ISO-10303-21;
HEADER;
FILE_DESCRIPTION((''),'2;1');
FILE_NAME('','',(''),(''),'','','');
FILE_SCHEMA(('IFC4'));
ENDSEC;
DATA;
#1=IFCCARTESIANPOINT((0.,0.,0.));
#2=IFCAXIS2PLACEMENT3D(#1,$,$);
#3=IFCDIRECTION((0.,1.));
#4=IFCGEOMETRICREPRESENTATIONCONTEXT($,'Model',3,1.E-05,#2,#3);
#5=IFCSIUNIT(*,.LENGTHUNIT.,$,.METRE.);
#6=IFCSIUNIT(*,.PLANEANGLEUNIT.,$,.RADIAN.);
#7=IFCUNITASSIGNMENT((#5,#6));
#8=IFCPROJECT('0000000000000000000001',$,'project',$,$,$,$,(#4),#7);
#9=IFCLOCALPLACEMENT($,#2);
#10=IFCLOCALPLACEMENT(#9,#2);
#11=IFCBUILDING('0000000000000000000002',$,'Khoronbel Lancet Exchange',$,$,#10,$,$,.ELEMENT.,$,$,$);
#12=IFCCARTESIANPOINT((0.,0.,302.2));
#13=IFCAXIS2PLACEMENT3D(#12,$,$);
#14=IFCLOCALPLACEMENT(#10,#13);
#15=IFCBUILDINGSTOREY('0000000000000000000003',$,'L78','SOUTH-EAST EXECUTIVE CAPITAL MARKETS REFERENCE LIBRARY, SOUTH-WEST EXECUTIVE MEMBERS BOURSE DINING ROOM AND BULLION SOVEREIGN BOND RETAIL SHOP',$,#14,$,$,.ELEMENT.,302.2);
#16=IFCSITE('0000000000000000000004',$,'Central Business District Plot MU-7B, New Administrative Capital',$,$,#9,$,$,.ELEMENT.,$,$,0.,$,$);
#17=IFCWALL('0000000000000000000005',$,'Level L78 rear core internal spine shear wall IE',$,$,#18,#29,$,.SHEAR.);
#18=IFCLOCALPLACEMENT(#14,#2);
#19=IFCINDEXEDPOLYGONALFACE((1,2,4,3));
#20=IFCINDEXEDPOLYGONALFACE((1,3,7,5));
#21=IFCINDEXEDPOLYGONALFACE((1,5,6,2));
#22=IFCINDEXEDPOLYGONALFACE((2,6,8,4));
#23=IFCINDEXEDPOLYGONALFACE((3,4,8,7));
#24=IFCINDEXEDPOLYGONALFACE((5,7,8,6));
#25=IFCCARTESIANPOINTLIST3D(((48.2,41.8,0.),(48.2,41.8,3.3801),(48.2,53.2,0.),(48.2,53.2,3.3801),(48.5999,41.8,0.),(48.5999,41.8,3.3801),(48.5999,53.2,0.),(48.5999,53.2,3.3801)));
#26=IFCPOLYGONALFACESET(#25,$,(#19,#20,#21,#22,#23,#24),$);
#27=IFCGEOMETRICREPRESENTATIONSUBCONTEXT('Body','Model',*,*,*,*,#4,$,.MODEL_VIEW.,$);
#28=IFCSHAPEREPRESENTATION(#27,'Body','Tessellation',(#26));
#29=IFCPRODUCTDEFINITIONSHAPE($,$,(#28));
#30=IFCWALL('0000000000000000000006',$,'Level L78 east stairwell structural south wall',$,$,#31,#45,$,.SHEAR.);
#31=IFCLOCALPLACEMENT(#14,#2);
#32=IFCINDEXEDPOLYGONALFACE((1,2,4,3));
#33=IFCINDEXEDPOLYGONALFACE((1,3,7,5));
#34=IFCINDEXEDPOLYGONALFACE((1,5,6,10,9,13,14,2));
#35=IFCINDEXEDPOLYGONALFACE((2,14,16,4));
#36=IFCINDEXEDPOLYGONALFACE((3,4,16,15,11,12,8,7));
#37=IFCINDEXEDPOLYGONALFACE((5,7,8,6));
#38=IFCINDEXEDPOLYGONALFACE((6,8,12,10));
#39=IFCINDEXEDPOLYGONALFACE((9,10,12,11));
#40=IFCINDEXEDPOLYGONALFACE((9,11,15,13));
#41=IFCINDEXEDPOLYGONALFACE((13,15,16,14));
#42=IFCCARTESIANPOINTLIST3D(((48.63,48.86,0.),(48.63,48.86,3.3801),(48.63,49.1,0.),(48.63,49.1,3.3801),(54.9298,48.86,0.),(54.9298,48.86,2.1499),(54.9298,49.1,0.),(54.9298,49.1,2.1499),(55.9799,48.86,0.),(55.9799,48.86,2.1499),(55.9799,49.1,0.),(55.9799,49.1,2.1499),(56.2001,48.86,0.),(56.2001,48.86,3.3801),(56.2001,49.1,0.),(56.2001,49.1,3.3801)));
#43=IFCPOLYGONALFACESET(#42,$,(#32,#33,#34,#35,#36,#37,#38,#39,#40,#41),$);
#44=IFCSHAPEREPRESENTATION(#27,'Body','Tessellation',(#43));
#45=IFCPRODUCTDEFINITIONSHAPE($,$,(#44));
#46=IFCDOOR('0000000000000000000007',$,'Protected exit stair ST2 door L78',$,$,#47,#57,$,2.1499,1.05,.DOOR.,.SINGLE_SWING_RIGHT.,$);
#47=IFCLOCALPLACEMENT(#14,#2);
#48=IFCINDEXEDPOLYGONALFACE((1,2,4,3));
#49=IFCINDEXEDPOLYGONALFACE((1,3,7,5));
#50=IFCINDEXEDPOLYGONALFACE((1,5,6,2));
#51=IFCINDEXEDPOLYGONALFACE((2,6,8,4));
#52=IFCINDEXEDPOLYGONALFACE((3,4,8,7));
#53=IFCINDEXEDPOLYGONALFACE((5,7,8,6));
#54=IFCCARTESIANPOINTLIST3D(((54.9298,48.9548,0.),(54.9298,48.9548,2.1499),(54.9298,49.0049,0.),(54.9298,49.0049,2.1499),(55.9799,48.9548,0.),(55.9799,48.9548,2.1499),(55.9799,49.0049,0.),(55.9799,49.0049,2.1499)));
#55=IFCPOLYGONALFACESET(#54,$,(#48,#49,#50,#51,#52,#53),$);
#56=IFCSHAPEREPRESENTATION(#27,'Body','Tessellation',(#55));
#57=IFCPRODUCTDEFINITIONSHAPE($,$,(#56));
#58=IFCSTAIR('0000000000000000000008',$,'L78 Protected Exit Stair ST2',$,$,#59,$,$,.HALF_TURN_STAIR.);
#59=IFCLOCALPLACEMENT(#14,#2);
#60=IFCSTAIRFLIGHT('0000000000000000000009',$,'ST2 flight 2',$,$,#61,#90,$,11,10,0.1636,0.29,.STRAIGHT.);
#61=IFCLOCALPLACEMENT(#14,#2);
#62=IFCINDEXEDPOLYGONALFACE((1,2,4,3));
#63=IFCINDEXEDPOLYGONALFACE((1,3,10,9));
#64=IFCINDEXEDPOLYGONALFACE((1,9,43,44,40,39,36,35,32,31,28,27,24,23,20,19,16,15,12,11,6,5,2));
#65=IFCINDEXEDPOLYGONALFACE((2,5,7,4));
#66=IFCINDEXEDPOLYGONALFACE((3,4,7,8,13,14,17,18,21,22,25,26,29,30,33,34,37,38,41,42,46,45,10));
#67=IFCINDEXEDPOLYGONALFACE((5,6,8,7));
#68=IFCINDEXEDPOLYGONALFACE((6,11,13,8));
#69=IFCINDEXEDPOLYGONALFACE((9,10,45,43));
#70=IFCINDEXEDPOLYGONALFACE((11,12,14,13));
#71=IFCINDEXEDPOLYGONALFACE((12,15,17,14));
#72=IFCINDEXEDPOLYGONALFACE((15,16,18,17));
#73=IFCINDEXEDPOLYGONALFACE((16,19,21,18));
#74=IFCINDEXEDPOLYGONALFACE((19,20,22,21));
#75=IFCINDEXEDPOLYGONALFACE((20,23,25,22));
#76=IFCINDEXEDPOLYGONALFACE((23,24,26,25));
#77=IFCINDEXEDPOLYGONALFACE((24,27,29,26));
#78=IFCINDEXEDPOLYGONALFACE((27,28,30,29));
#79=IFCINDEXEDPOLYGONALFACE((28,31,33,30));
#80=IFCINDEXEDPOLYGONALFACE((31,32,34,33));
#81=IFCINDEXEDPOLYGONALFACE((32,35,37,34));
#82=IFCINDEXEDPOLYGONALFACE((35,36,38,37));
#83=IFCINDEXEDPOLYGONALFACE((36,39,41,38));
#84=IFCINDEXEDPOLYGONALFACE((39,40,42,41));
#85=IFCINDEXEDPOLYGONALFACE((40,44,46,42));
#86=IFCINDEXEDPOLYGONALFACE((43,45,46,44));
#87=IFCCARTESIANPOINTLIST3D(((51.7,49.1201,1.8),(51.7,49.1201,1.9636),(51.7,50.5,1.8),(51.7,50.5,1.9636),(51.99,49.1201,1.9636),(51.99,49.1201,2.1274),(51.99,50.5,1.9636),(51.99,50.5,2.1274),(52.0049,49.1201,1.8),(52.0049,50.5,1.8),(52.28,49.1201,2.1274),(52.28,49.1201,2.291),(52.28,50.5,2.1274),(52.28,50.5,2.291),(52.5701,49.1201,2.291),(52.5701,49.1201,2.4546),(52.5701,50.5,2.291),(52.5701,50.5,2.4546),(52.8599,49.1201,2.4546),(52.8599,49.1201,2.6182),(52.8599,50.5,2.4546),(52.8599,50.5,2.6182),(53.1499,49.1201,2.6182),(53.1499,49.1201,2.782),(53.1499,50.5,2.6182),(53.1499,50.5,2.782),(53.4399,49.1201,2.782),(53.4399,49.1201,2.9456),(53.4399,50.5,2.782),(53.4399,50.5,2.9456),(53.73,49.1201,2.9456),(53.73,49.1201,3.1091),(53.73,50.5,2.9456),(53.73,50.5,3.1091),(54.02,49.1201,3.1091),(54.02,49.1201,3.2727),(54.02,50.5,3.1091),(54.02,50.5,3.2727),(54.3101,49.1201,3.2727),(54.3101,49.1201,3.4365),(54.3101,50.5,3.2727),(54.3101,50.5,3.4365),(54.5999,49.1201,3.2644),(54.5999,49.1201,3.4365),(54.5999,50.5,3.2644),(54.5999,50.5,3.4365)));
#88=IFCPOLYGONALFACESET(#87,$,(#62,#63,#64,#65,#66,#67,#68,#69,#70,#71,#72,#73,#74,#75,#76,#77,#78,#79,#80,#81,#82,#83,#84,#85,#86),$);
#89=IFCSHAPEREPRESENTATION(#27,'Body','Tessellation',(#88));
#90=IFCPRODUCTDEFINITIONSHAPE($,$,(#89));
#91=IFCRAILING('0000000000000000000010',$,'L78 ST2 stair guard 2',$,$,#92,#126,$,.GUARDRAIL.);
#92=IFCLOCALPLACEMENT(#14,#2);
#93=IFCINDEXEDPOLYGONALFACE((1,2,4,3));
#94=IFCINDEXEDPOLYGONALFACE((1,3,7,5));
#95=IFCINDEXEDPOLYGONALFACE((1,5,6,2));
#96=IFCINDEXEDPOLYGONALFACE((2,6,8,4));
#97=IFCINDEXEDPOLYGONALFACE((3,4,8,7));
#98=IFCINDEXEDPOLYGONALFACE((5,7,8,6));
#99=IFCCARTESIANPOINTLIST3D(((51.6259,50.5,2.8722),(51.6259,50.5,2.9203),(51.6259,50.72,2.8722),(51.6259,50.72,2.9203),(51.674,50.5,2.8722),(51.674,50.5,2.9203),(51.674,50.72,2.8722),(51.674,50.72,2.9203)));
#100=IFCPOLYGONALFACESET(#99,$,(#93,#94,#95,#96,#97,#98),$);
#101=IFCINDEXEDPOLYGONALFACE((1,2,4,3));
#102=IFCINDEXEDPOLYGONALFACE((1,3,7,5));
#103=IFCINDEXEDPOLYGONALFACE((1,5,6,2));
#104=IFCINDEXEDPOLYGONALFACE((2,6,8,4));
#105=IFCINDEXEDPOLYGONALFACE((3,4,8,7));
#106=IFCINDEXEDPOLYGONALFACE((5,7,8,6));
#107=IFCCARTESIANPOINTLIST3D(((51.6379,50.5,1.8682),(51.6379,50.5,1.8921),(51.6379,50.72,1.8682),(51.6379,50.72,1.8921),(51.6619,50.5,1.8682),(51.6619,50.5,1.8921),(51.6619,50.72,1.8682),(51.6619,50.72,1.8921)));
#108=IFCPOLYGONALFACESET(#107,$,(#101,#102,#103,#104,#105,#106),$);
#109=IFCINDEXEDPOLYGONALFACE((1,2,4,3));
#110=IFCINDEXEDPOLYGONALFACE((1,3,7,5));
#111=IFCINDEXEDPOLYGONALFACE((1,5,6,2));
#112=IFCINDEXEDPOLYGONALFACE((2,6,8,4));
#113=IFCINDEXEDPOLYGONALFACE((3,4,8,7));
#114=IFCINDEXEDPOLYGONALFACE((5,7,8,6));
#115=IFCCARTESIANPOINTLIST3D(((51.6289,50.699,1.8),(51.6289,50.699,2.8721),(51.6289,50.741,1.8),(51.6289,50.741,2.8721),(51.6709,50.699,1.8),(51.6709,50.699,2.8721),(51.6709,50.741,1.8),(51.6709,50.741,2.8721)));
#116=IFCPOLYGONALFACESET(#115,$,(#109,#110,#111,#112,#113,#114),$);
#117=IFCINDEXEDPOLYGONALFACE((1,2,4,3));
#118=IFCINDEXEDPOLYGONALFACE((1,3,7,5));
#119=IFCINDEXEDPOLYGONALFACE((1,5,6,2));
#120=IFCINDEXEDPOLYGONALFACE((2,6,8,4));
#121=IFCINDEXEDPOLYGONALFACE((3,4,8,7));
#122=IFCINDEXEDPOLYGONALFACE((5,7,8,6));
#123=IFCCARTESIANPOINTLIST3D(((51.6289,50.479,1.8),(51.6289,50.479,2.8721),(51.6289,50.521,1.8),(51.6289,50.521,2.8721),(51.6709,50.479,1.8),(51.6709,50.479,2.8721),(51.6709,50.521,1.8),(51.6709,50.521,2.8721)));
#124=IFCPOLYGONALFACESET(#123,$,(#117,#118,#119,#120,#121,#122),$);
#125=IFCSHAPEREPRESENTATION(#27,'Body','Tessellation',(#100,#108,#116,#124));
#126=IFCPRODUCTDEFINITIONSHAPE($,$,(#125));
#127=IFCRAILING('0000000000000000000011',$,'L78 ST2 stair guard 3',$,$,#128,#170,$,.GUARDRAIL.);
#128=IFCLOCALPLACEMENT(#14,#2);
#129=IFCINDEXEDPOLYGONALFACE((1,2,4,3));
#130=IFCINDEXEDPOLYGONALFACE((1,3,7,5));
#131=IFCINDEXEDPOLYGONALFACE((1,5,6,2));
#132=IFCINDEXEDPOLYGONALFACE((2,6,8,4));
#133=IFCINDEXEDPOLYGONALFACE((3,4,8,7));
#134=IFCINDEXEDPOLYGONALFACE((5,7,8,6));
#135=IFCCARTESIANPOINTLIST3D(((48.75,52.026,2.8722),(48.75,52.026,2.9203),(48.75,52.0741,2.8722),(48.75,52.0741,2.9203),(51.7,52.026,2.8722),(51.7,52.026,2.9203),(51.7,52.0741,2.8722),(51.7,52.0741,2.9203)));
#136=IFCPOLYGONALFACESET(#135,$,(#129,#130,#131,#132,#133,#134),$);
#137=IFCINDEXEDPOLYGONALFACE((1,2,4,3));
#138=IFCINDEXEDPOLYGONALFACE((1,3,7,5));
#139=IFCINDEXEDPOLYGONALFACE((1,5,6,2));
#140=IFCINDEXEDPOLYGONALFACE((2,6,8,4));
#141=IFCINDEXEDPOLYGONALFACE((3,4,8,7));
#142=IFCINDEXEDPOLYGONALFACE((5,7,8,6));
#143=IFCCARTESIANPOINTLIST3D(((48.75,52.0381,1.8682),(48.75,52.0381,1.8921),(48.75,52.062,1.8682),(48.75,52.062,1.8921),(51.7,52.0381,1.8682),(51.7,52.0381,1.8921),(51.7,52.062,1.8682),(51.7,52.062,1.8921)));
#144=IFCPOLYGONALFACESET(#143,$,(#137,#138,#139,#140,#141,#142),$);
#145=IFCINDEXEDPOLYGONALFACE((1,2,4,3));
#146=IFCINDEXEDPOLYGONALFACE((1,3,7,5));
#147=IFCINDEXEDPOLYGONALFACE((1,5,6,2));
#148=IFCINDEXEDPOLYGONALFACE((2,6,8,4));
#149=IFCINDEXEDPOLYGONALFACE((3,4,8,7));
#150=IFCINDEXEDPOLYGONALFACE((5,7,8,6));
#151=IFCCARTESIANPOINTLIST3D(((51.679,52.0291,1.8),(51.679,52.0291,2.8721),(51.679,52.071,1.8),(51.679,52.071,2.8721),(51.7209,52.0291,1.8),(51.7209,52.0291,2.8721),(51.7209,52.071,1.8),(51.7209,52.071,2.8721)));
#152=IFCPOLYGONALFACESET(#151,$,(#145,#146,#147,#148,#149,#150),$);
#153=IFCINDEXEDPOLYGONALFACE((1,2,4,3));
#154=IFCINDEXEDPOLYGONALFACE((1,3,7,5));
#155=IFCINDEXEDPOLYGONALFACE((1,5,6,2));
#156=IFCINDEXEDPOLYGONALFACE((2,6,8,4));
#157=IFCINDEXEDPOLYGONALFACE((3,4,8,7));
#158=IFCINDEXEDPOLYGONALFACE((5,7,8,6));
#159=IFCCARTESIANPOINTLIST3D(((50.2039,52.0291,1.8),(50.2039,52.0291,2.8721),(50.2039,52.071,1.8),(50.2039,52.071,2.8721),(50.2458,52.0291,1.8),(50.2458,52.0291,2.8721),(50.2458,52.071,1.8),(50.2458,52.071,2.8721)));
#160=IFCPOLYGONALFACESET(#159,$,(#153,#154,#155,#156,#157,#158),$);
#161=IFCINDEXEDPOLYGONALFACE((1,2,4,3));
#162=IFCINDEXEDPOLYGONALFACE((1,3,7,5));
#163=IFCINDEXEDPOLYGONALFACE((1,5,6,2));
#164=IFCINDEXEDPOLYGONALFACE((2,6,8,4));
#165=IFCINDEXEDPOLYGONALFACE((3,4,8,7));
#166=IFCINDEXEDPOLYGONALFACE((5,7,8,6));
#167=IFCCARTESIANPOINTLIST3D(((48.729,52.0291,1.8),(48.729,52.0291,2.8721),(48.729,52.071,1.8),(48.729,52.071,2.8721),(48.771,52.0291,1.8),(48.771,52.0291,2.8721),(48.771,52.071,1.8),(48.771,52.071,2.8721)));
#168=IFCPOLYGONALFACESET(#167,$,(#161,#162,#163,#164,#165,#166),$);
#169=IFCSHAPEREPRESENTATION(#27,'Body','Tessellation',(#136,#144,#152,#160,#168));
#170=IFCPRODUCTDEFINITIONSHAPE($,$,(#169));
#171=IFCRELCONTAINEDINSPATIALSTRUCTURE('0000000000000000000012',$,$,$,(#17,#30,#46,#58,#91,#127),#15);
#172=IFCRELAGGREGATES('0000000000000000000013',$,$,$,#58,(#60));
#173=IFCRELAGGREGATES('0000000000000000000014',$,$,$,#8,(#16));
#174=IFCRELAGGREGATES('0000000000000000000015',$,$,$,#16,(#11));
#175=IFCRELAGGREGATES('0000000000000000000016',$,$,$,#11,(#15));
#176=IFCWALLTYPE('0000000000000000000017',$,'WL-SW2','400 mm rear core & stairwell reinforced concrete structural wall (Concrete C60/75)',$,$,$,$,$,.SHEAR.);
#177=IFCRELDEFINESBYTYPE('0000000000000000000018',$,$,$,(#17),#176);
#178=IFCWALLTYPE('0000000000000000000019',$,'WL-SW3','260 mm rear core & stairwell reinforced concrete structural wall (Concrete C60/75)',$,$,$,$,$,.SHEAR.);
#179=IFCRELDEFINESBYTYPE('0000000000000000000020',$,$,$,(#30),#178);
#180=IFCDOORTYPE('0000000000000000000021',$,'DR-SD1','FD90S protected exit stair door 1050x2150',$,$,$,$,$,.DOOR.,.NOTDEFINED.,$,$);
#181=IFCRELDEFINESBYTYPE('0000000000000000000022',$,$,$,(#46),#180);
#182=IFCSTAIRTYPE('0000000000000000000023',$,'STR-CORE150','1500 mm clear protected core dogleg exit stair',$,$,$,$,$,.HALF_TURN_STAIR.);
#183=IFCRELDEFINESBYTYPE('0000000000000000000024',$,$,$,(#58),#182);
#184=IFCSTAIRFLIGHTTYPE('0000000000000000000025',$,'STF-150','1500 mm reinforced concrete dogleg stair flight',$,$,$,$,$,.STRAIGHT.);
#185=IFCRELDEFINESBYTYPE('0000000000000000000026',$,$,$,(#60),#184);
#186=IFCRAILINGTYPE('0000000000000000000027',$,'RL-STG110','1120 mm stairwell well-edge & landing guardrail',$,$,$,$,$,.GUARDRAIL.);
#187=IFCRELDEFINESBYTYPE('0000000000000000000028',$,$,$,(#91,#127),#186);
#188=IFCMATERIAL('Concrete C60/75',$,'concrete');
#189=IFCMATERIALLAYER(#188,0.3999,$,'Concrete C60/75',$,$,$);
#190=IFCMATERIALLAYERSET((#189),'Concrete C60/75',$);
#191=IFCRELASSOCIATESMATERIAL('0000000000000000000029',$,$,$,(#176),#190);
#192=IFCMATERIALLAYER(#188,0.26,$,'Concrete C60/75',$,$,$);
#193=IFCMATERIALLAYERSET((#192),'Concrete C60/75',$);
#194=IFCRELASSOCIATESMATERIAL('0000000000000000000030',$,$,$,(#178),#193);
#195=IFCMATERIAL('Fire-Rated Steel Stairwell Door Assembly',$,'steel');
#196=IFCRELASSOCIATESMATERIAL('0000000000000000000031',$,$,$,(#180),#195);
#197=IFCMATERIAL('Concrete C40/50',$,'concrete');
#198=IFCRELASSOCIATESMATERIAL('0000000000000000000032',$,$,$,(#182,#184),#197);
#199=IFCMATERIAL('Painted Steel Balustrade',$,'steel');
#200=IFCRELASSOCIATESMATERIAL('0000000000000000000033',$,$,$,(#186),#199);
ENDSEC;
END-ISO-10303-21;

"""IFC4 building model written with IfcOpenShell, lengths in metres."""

from ifc_helpers import new_model, si_unit, direction, frame, frame_2d, origin, origin_2d, place, context, subcontext, project, spatial, polyline, rectangle, outline, extrude, material, layer, layer_set, type_object, element, fill, aggregate, save


model = new_model("IFC4")

# Units and contexts
model_context = context("Model", 3, precision=1e-05, world=origin(), true_north=direction((0.0, 1.0)))
body_context = subcontext(model_context, "Body", "Model", "MODEL_VIEW")
ifc_project = project(units=[si_unit("LENGTHUNIT", "METRE"), si_unit("PLANEANGLEUNIT", "RADIAN")], contexts=[model_context])

# Site, building, storey
site_placement = place(None, origin())
site = spatial("IfcSite", under=ifc_project, at=site_placement, Name="Central Business District Plot MU-7B, New Administrative Capital", CompositionType="ELEMENT", RefElevation=0.0)
building_placement = place(site_placement, origin())
building = spatial("IfcBuilding", under=site, at=building_placement, Name="Khoronbel Lancet Exchange", CompositionType="ELEMENT")
storey_placement = place(building_placement, frame((0.0, 0.0, 302.2)))
storey = spatial("IfcBuildingStorey", under=building, at=storey_placement, Name="L78", Description="SOUTH-EAST EXECUTIVE CAPITAL MARKETS REFERENCE LIBRARY, SOUTH-WEST EXECUTIVE MEMBERS BOURSE DINING ROOM AND BULLION SOVEREIGN BOND RETAIL SHOP", CompositionType="ELEMENT", Elevation=302.2)

# Wall
ifc_material_1 = material(Name="Concrete C60/75", Category="concrete")
ifc_layer_1 = layer(ifc_material_1, 0.3999, Name="Concrete C60/75")
ifc_layer_set_1 = layer_set([ifc_layer_1], Name="Concrete C60/75")
wall_type_1 = type_object("IfcWallType", Name="WL-SW2", Description="400 mm rear core & stairwell reinforced concrete structural wall (Concrete C60/75)", PredefinedType="SHEAR", material=ifc_layer_set_1)
wall_1_placement = place(storey_placement, frame((48.3999, 41.8, 0.0), z_axis=(0.0, 0.0, 1.0), x_axis=(0.0, 1.0, 0.0)))
element("IfcWall", 1, at=wall_1_placement, inside=storey, type_object=wall_type_1, Name="Level L78 rear core internal spine shear wall IE", PredefinedType="SHEAR", context=body_context, shape_type="SweptSolid", body=[
    extrude(rectangle(XDim=11.3999, YDim=0.3999, at=frame_2d((5.7, 0.0))), origin(), (0.0, 0.0, 1.0), 3.3801),
])

# Wall, opening, door
ifc_layer_2 = layer(ifc_material_1, 0.26, Name="Concrete C60/75")
ifc_layer_set_2 = layer_set([ifc_layer_2], Name="Concrete C60/75")
wall_type_2 = type_object("IfcWallType", Name="WL-SW3", Description="260 mm rear core & stairwell reinforced concrete structural wall (Concrete C60/75)", PredefinedType="SHEAR", material=ifc_layer_set_2)
wall_2_placement = place(storey_placement, frame((48.6299, 48.98, 0.0), z_axis=(0.0, 0.0, 1.0), x_axis=(1.0, 0.0, 0.0)))
wall_2 = element("IfcWall", 2, at=wall_2_placement, inside=storey, type_object=wall_type_2, Name="Level L78 east stairwell structural south wall", PredefinedType="SHEAR", context=body_context, shape_type="SweptSolid", body=[
    extrude(rectangle(XDim=7.5701, YDim=0.24, at=frame_2d((3.7852, 0.0))), origin(), (0.0, 0.0, 1.0), 3.3801),
])
opening_1_placement = place(wall_2_placement, frame((6.3, 0.0, 0.0)))
opening_1 = element("IfcOpeningElement", 3, at=opening_1_placement, cuts=wall_2, PredefinedType="OPENING", context=body_context, shape_type="SweptSolid", body=[
    extrude(rectangle(XDim=1.05, YDim=2.1499, at=frame_2d((0.5249, 1.075))), frame((0.0, 0.1299, 0.0), z_axis=(0.0, -1.0, 0.0), x_axis=(1.0, 0.0, 0.0)), (0.0, 0.0, 1.0), 0.26),
])
ifc_material_2 = material(Name="Fire-Rated Steel Stairwell Door Assembly", Category="steel")
door_type_1 = type_object("IfcDoorType", Name="DR-SD1", Description="FD90S protected exit stair door 1050x2150", OperationType="NOTDEFINED", PredefinedType="DOOR", material=ifc_material_2)
door_1_placement = place(opening_1_placement, origin())
door_1 = element("IfcDoor", 4, at=door_1_placement, inside=storey, type_object=door_type_1, Name="Protected exit stair ST2 door L78", OperationType="SINGLE_SWING_RIGHT", OverallHeight=2.1499, OverallWidth=1.05, PredefinedType="DOOR", context=body_context, shape_type="SweptSolid", body=[
    extrude(rectangle(XDim=1.05, YDim=2.1499, at=frame_2d((0.5249, 1.075))), frame((0.0, 0.0249, 0.0), z_axis=(0.0, -1.0, 0.0), x_axis=(1.0, 0.0, 0.0)), (0.0, 0.0, 1.0), 0.05),
])
fill(opening_1, door_1)

# Stair, stair flight
ifc_material_3 = material(Name="Concrete C40/50", Category="concrete")
stair_type = type_object("IfcStairType", Name="STR-CORE150", Description="1500 mm clear protected core dogleg exit stair", PredefinedType="HALF_TURN_STAIR", material=ifc_material_3)
stair_placement = place(storey_placement, origin())
stair = element("IfcStair", 5, at=stair_placement, inside=storey, type_object=stair_type, Name="L78 Protected Exit Stair ST2", PredefinedType="HALF_TURN_STAIR")
stair_flight_type = type_object("IfcStairFlightType", Name="STF-150", Description="1500 mm reinforced concrete dogleg stair flight", PredefinedType="STRAIGHT", material=ifc_material_3)
stair_flight_placement = place(storey_placement, frame((51.7, 49.8101, 1.8), z_axis=(0.0, 0.0, 1.0), x_axis=(1.0, 0.0, 0.0)))
stair_flight = element("IfcStairFlight", 6, at=stair_flight_placement, type_object=stair_flight_type, Name="ST2 flight 2", NumberOfRisers=11, NumberOfTreads=10, PredefinedType="STRAIGHT", RiserHeight=0.1636, TreadLength=0.29, context=body_context, shape_type="SweptSolid", body=[
    extrude(outline(polyline([(0.0, 0.0), (0.0, 0.1636), (0.29, 0.1636), (0.29, 0.3274), (0.5801, 0.3274), (0.5801, 0.491), (0.8701, 0.491), (0.8701, 0.6545), (1.1599, 0.6545), (1.1599, 0.8181), (1.45, 0.8181), (1.45, 0.9819), (1.74, 0.9819), (1.74, 1.1455), (2.03, 1.1455), (2.03, 1.3091), (2.3201, 1.3091), (2.3201, 1.4727), (2.6101, 1.4727), (2.6101, 1.6365), (2.8999, 1.6365), (2.8999, 1.8), (2.8999, 1.4644), (0.3049, 0.0), (0.0, 0.0)])), frame((0.0, 0.6899, 0.0), z_axis=(0.0, -1.0, 0.0), x_axis=(1.0, 0.0, 0.0)), (0.0, 0.0, 1.0), 1.3799),
])
aggregate(stair, [stair_flight])

# Railings
ifc_material_4 = material(Name="Painted Steel Balustrade", Category="steel")
railing_type_1 = type_object("IfcRailingType", Name="RL-STG110", Description="1120 mm stairwell well-edge & landing guardrail", PredefinedType="GUARDRAIL", material=ifc_material_4)
railing_1_placement = place(storey_placement, frame((51.6499, 50.72, 1.8)))
element("IfcRailing", 7, at=railing_1_placement, inside=storey, type_object=railing_type_1, Name="L78 ST2 stair guard 2", PredefinedType="GUARDRAIL", context=body_context, shape_type="SweptSolid", body=[
    extrude(rectangle(XDim=0.0481, YDim=0.0481, at=origin_2d()), frame((0.0, 0.0, 1.0962), z_axis=(0.0, -1.0, 0.0), x_axis=(1.0, 0.0, 0.0)), (0.0, 0.0, 1.0), 0.22),
    extrude(rectangle(XDim=0.0239, YDim=0.0239, at=origin_2d()), frame((0.0, 0.0, 0.0801), z_axis=(0.0, -1.0, 0.0), x_axis=(1.0, 0.0, 0.0)), (0.0, 0.0, 1.0), 0.22),
    extrude(rectangle(XDim=0.042, YDim=0.042, at=origin_2d()), origin(), (0.0, 0.0, 1.0), 1.072),
    extrude(rectangle(XDim=0.042, YDim=0.042, at=origin_2d()), frame((0.0, -0.22, 0.0)), (0.0, 0.0, 1.0), 1.072),
])
railing_2_placement = place(storey_placement, frame((51.7, 52.05, 1.8)))
element("IfcRailing", 8, at=railing_2_placement, inside=storey, type_object=railing_type_1, Name="L78 ST2 stair guard 3", PredefinedType="GUARDRAIL", context=body_context, shape_type="SweptSolid", body=[
    extrude(rectangle(XDim=0.0481, YDim=0.0481, at=origin_2d()), frame((0.0, 0.0, 1.0962), z_axis=(-1.0, 0.0, 0.0), x_axis=(0.0, -1.0, 0.0)), (0.0, 0.0, 1.0), 2.95),
    extrude(rectangle(XDim=0.0239, YDim=0.0239, at=origin_2d()), frame((0.0, 0.0, 0.0801), z_axis=(-1.0, 0.0, 0.0), x_axis=(0.0, -1.0, 0.0)), (0.0, 0.0, 1.0), 2.95),
    extrude(rectangle(XDim=0.042, YDim=0.042, at=origin_2d()), origin(), (0.0, 0.0, 1.0), 1.072),
    extrude(rectangle(XDim=0.042, YDim=0.042, at=origin_2d()), frame((-1.4751, 0.0, 0.0)), (0.0, 0.0, 1.0), 1.072),
    extrude(rectangle(XDim=0.042, YDim=0.042, at=origin_2d()), frame((-2.95, 0.0, 0.0)), (0.0, 0.0, 1.0), 1.072),
])

save(model, "model.ifc")
